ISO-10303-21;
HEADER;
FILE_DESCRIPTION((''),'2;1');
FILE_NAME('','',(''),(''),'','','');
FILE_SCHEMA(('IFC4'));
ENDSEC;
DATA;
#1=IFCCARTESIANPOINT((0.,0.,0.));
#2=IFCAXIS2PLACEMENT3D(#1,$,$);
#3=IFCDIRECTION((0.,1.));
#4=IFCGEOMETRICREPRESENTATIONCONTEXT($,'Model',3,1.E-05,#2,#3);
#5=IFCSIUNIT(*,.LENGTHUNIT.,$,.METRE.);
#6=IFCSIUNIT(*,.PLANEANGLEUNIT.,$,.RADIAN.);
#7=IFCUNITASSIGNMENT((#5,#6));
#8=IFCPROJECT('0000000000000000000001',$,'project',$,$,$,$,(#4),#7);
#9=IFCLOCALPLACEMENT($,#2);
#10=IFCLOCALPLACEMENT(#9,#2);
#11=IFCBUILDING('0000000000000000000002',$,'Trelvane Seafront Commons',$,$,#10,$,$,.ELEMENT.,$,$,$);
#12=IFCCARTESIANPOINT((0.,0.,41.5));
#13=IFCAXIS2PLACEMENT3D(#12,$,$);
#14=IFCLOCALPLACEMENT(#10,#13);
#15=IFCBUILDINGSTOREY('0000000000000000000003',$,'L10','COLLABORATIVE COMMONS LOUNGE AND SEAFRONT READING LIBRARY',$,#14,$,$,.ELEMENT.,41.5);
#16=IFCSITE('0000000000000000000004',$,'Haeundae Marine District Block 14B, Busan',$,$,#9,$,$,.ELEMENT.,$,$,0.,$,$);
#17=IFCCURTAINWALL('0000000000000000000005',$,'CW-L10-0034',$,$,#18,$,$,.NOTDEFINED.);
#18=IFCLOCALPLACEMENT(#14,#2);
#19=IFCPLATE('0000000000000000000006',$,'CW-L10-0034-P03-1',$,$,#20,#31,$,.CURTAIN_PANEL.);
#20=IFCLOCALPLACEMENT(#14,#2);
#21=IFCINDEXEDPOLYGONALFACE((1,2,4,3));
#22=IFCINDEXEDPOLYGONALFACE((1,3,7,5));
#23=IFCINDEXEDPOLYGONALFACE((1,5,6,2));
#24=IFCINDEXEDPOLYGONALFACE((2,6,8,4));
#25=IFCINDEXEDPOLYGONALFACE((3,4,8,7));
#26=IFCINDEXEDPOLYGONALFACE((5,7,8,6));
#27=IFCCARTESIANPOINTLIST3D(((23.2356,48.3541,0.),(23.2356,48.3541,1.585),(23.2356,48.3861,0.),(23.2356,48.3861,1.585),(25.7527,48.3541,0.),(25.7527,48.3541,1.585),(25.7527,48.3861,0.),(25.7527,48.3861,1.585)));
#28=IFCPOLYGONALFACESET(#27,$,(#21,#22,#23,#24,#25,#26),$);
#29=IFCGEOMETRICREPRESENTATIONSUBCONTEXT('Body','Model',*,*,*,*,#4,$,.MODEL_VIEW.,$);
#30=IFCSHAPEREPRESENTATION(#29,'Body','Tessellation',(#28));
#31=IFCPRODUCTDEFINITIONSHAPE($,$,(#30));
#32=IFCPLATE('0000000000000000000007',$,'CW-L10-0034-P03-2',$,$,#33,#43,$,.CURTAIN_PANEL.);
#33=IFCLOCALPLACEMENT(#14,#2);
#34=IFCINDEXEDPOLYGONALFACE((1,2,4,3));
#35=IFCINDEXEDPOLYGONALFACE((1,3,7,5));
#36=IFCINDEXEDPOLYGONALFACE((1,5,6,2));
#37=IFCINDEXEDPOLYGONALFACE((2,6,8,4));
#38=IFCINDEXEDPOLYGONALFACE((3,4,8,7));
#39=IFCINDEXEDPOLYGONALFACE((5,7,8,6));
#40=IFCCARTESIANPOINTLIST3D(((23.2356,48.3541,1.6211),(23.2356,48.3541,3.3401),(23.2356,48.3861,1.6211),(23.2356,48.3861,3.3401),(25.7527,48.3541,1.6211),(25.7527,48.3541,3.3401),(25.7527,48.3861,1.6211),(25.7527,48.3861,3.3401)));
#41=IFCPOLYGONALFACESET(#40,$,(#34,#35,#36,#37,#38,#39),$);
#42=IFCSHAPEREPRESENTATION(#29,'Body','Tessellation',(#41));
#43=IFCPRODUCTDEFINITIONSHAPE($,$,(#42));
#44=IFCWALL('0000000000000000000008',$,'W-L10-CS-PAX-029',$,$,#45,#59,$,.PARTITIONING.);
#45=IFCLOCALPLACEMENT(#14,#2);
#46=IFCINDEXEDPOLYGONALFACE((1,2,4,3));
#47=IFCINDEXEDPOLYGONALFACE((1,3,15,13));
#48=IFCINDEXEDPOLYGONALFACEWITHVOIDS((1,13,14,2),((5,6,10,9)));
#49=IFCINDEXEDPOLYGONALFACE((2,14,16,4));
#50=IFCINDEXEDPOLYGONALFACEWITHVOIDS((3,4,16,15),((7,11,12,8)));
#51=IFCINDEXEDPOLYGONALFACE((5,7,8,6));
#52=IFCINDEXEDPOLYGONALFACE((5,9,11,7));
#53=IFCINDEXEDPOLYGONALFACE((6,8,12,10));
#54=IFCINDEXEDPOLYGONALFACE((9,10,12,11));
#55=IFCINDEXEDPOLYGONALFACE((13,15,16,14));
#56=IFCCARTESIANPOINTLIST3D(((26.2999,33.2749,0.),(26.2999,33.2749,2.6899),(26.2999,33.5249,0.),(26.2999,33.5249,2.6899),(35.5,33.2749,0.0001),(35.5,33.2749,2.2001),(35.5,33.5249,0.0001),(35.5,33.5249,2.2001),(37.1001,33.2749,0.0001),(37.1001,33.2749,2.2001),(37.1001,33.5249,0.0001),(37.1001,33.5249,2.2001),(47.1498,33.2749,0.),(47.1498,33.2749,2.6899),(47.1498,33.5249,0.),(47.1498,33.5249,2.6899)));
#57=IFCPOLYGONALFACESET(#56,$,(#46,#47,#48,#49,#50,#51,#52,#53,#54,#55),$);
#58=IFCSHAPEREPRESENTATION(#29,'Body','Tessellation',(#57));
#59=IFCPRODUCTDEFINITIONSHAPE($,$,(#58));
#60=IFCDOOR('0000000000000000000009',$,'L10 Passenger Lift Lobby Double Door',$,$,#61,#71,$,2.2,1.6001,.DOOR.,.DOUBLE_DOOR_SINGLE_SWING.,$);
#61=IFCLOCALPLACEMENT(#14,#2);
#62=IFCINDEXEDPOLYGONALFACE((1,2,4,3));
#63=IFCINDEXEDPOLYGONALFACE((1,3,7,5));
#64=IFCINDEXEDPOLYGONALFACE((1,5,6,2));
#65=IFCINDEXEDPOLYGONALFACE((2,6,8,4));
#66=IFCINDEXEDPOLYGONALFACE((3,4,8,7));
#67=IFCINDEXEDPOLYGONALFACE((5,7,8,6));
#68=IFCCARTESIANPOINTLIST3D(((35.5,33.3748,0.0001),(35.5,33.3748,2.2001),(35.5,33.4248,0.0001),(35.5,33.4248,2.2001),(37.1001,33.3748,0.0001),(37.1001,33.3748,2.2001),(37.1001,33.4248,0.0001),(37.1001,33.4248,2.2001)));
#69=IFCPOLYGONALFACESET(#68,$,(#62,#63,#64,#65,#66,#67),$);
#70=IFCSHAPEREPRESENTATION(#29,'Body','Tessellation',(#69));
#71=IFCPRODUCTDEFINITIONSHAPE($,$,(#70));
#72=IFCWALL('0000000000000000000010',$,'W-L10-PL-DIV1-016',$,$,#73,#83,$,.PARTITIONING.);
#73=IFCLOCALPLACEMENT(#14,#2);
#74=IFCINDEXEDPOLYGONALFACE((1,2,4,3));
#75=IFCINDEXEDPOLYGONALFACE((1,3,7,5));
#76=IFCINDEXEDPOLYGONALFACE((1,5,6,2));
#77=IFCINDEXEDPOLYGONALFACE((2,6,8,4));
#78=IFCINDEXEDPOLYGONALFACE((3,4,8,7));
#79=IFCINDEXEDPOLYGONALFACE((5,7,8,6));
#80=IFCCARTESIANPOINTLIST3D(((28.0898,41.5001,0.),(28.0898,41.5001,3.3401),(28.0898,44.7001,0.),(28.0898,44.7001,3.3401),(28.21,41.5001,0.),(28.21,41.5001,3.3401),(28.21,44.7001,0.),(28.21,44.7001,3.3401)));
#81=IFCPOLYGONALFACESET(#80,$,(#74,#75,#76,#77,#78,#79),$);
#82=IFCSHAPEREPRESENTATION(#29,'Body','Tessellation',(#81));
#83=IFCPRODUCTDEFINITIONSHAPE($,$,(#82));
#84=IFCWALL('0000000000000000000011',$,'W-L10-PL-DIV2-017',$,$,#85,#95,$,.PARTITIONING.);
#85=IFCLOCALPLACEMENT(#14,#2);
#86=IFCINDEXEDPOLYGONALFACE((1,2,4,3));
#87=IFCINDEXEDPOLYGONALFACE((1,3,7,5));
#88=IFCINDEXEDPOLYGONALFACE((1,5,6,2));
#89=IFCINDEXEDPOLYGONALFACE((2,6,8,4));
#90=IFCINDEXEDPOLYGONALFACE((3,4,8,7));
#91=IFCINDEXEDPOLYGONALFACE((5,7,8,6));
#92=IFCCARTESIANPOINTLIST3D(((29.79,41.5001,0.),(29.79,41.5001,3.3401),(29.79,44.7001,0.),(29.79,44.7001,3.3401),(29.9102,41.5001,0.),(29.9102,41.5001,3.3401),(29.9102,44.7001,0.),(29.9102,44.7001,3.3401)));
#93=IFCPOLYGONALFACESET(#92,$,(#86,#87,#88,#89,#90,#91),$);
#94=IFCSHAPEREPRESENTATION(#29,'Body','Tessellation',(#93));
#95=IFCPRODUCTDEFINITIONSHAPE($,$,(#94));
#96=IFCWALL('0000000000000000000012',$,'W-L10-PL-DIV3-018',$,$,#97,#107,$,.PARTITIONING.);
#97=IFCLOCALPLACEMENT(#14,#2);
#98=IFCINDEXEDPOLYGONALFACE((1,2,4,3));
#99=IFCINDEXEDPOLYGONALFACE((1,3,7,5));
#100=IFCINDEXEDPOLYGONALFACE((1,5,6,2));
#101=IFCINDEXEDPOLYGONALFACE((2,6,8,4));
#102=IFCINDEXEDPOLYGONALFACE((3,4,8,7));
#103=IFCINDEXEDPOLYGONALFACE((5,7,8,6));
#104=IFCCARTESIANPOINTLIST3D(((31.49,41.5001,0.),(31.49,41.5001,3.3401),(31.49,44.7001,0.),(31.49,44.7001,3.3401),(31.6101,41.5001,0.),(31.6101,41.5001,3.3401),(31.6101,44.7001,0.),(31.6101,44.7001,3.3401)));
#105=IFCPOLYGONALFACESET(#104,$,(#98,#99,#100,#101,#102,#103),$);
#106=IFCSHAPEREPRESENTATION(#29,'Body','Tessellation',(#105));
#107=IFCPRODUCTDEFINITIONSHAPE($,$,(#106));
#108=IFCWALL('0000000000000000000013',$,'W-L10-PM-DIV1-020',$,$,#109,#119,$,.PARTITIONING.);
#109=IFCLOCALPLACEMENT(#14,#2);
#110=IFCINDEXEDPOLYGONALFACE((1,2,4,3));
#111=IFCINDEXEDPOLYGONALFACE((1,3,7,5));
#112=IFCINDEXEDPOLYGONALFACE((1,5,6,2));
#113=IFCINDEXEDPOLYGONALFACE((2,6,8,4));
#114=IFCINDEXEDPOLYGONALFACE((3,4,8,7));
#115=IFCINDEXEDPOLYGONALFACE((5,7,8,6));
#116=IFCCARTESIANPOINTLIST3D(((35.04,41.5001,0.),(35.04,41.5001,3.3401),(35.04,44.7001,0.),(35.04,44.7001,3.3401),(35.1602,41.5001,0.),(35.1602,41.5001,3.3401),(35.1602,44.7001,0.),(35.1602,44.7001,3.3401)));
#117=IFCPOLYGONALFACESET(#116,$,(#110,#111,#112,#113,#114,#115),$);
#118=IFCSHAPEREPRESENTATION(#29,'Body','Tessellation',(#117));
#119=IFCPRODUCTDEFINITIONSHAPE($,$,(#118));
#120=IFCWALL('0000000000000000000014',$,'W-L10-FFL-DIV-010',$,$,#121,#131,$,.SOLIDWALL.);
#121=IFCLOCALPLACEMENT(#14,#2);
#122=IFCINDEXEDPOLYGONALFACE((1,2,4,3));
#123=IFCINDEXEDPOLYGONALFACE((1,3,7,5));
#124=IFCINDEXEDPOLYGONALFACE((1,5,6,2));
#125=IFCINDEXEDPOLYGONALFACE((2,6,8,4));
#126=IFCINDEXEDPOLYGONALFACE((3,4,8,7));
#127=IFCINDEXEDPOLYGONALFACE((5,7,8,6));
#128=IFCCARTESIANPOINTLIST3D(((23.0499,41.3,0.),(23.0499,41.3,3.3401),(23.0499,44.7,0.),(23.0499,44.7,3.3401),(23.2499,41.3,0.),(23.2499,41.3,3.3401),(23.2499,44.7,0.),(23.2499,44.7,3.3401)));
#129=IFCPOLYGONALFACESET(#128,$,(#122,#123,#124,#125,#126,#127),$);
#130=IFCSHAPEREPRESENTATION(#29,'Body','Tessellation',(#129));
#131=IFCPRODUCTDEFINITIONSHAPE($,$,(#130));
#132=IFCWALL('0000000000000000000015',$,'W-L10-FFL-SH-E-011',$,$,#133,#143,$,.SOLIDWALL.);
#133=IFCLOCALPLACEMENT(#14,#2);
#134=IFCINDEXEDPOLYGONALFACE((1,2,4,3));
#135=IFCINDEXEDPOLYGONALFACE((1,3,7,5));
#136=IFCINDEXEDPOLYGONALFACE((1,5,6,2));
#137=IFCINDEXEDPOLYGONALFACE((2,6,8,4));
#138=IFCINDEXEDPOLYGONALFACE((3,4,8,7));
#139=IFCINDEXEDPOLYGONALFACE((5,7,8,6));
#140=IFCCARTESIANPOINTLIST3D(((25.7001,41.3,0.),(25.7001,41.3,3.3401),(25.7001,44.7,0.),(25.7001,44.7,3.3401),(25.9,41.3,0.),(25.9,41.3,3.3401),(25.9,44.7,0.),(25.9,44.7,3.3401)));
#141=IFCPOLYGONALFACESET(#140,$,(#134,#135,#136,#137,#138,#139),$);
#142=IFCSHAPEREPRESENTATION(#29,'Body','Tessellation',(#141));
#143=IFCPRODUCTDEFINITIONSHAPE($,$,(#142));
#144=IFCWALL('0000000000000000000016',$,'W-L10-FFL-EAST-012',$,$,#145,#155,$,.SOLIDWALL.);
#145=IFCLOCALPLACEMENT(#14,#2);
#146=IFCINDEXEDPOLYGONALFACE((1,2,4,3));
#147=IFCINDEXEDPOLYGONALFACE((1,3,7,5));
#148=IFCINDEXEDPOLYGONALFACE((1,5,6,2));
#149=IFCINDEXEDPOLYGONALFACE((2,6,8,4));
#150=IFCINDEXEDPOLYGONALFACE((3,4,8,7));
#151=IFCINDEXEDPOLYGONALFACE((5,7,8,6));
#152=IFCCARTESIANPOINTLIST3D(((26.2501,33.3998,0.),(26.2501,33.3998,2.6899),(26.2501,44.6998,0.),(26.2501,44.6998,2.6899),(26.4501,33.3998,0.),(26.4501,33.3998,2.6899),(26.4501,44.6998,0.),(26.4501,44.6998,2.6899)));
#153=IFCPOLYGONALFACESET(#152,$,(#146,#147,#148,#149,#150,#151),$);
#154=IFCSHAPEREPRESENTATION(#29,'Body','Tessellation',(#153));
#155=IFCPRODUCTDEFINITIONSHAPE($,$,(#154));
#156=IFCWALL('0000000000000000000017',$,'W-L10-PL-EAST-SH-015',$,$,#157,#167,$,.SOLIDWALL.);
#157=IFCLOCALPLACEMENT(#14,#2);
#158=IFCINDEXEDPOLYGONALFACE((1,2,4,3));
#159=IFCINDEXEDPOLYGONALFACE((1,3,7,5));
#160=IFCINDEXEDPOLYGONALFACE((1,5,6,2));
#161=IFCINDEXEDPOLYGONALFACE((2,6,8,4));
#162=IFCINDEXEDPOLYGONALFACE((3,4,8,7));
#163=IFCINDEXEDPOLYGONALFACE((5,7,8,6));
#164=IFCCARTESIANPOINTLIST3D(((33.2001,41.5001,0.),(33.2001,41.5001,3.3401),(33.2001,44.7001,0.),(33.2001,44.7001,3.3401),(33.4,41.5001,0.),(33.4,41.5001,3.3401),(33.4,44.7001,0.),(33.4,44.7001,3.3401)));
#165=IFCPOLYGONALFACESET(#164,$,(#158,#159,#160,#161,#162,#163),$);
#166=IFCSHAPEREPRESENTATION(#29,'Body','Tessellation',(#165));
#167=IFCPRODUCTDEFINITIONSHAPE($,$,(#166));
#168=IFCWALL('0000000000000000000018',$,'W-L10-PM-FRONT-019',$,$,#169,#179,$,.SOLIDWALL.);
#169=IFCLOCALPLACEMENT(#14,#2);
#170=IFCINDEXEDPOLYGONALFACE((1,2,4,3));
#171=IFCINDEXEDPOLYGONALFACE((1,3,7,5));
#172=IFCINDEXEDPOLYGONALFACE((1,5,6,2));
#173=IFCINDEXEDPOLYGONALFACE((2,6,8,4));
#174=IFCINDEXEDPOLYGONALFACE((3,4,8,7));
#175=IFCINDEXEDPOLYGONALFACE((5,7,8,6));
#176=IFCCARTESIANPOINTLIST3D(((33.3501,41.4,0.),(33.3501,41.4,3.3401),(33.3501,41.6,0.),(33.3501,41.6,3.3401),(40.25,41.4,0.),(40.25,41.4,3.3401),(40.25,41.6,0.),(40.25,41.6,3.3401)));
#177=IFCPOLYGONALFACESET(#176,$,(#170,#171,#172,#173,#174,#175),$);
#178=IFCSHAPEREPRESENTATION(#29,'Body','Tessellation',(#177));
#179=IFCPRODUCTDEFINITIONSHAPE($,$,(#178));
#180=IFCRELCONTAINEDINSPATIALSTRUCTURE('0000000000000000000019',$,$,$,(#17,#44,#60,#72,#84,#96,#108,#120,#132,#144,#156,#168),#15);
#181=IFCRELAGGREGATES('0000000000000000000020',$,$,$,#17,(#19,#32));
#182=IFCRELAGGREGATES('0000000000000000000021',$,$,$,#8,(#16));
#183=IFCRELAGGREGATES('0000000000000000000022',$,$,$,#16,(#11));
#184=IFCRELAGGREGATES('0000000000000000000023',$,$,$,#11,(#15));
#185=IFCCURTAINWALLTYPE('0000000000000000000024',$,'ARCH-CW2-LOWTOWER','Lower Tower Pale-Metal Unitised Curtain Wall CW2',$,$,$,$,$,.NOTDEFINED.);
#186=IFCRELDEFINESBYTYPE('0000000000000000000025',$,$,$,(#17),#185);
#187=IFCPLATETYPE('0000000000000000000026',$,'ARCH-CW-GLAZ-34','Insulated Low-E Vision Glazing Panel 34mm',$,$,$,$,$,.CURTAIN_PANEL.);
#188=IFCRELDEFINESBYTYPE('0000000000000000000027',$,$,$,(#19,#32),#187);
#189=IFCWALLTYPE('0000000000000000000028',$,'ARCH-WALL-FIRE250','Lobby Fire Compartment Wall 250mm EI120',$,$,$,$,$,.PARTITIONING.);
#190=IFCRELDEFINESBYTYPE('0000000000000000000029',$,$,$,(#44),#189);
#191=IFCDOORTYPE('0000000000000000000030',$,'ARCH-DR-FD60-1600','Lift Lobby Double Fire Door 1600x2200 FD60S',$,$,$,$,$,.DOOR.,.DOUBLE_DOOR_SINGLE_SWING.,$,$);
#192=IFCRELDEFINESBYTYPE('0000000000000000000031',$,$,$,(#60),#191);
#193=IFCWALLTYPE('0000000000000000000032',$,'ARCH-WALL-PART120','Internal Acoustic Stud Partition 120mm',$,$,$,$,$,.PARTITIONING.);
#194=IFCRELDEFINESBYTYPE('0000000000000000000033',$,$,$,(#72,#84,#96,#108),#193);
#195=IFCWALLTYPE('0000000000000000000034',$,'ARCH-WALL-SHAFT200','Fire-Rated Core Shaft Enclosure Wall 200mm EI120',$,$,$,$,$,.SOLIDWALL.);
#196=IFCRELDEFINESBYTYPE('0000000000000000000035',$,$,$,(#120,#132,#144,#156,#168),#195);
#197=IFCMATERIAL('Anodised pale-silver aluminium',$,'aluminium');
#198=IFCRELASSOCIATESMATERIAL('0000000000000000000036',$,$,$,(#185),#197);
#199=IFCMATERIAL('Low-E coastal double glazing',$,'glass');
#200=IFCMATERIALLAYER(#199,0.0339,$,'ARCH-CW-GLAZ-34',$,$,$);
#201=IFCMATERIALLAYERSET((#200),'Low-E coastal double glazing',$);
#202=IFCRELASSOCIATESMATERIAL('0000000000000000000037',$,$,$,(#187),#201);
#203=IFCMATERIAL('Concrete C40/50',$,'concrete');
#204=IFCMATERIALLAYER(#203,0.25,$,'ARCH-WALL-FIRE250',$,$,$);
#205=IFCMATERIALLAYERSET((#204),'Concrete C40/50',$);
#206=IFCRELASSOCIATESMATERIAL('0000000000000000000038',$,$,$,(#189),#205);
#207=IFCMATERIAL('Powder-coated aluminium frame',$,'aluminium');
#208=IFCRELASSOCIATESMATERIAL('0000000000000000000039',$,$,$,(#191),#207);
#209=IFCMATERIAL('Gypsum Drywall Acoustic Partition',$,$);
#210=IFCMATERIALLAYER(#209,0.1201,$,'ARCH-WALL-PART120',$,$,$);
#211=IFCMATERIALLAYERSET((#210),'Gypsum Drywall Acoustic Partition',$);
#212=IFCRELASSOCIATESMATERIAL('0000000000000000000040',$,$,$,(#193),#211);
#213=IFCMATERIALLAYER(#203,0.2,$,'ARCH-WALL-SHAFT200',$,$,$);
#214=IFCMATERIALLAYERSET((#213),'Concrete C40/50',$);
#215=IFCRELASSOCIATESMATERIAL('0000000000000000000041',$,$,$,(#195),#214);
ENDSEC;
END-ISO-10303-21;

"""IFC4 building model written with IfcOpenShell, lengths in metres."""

from ifc_helpers import new_model, si_unit, direction, frame, frame_2d, origin, origin_2d, place, context, subcontext, project, spatial, rectangle, extrude, source, transform, mapped, material, layer, layer_set, type_object, element, fill, aggregate, save


model = new_model("IFC4")

# Units and contexts
model_context = context("Model", 3, precision=1e-05, world=origin(), true_north=direction((0.0, 1.0)))
body_context = subcontext(model_context, "Body", "Model", "MODEL_VIEW")
ifc_project = project(units=[si_unit("LENGTHUNIT", "METRE"), si_unit("PLANEANGLEUNIT", "RADIAN")], contexts=[model_context])

# Site, building, storey
site_placement = place(None, origin())
site = spatial("IfcSite", under=ifc_project, at=site_placement, Name="Haeundae Marine District Block 14B, Busan", CompositionType="ELEMENT", RefElevation=0.0)
building_placement = place(site_placement, origin())
building = spatial("IfcBuilding", under=site, at=building_placement, Name="Trelvane Seafront Commons", CompositionType="ELEMENT")
storey_placement = place(building_placement, frame((0.0, 0.0, 41.5)))
storey = spatial("IfcBuildingStorey", under=building, at=storey_placement, Name="L10", Description="COLLABORATIVE COMMONS LOUNGE AND SEAFRONT READING LIBRARY", CompositionType="ELEMENT", Elevation=41.5)

# Curtain wall, plates
ifc_material_1 = material(Name="Anodised pale-silver aluminium", Category="aluminium")
curtain_wall_type = type_object("IfcCurtainWallType", Name="ARCH-CW2-LOWTOWER", Description="Lower Tower Pale-Metal Unitised Curtain Wall CW2", PredefinedType="NOTDEFINED", material=ifc_material_1)
curtain_wall_placement = place(storey_placement, origin())
curtain_wall = element("IfcCurtainWall", 1, at=curtain_wall_placement, inside=storey, type_object=curtain_wall_type, Name="CW-L10-0034", PredefinedType="NOTDEFINED")
ifc_material_2 = material(Name="Low-E coastal double glazing", Category="glass")
ifc_layer_1 = layer(ifc_material_2, 0.0339, Name="ARCH-CW-GLAZ-34")
ifc_layer_set_1 = layer_set([ifc_layer_1], Name="Low-E coastal double glazing")
plate_type = type_object("IfcPlateType", Name="ARCH-CW-GLAZ-34", Description="Insulated Low-E Vision Glazing Panel 34mm", PredefinedType="CURTAIN_PANEL", material=ifc_layer_set_1)
shared_shape_1 = source(origin(), body_context, "Body", "SweptSolid", [
    extrude(rectangle(XDim=2.5171, YDim=0.032, at=origin_2d()), origin(), (0.0, 0.0, 1.0), 1.585),
])
plate_1_placement = place(storey_placement, frame((24.4941, 48.3701, 0.0), z_axis=(0.0, 0.0, 1.0), x_axis=(1.0, 0.0, 0.0)))
plate_1 = element("IfcPlate", 2, at=plate_1_placement, type_object=plate_type, Name="CW-L10-0034-P03-1", PredefinedType="CURTAIN_PANEL", context=body_context, shape_type="MappedRepresentation", body=[
    mapped(shared_shape_1, transform((0.0, 0.0, 0.0), x_axis=(1.0, 0.0, 0.0), y_axis=(0.0, 1.0, 0.0), z_axis=(0.0, 0.0, 1.0), scale=1.0)),
])
shared_shape_2 = source(origin(), body_context, "Body", "SweptSolid", [
    extrude(rectangle(XDim=2.5171, YDim=0.032, at=origin_2d()), origin(), (0.0, 0.0, 1.0), 1.719),
])
plate_2_placement = place(storey_placement, frame((24.4941, 48.3701, 1.6211), z_axis=(0.0, 0.0, 1.0), x_axis=(1.0, 0.0, 0.0)))
plate_2 = element("IfcPlate", 3, at=plate_2_placement, type_object=plate_type, Name="CW-L10-0034-P03-2", PredefinedType="CURTAIN_PANEL", context=body_context, shape_type="MappedRepresentation", body=[
    mapped(shared_shape_2, transform((0.0, 0.0, 0.0), x_axis=(1.0, 0.0, 0.0), y_axis=(0.0, 1.0, 0.0), z_axis=(0.0, 0.0, 1.0), scale=1.0)),
])
aggregate(curtain_wall, [plate_1, plate_2])

# Wall, opening, door
ifc_material_3 = material(Name="Concrete C40/50", Category="concrete")
ifc_layer_2 = layer(ifc_material_3, 0.25, Name="ARCH-WALL-FIRE250")
ifc_layer_set_2 = layer_set([ifc_layer_2], Name="Concrete C40/50")
wall_type_1 = type_object("IfcWallType", Name="ARCH-WALL-FIRE250", Description="Lobby Fire Compartment Wall 250mm EI120", PredefinedType="PARTITIONING", material=ifc_layer_set_2)
wall_1_placement = place(storey_placement, frame((26.3, 33.3999, 0.0), z_axis=(0.0, 0.0, 1.0), x_axis=(1.0, 0.0, 0.0)))
wall_1 = element("IfcWall", 4, at=wall_1_placement, inside=storey, type_object=wall_type_1, Name="W-L10-CS-PAX-029", PredefinedType="PARTITIONING", context=body_context, shape_type="SweptSolid", body=[
    extrude(rectangle(XDim=20.8499, YDim=0.25, at=frame_2d((10.4248, 0.0))), origin(), (0.0, 0.0, 1.0), 2.6899),
])
opening_1_placement = place(wall_1_placement, frame((9.2, 0.0, 0.0)))
opening_1 = element("IfcOpeningElement", 5, at=opening_1_placement, cuts=wall_1, PredefinedType="OPENING", context=body_context, shape_type="SweptSolid", body=[
    extrude(rectangle(XDim=1.6001, YDim=2.2, at=frame_2d((0.8, 1.1001))), frame((0.0, 0.135, 0.0), z_axis=(0.0, -1.0, 0.0), x_axis=(1.0, 0.0, 0.0)), (0.0, 0.0, 1.0), 0.27),
])
ifc_material_4 = material(Name="Powder-coated aluminium frame", Category="aluminium")
door_type_1 = type_object("IfcDoorType", Name="ARCH-DR-FD60-1600", Description="Lift Lobby Double Fire Door 1600x2200 FD60S", OperationType="DOUBLE_DOOR_SINGLE_SWING", PredefinedType="DOOR", material=ifc_material_4)
shared_shape_3 = source(origin(), body_context, "Body", "SweptSolid", [
    extrude(rectangle(XDim=1.6001, YDim=2.2, at=frame_2d((0.8, 1.1001))), frame((0.0, 0.0249, 0.0), z_axis=(0.0, -1.0, 0.0), x_axis=(1.0, 0.0, 0.0)), (0.0, 0.0, 1.0), 0.05),
])
door_1_placement = place(opening_1_placement, origin())
door_1 = element("IfcDoor", 6, at=door_1_placement, inside=storey, type_object=door_type_1, Name="L10 Passenger Lift Lobby Double Door", OperationType="DOUBLE_DOOR_SINGLE_SWING", OverallHeight=2.2, OverallWidth=1.6001, PredefinedType="DOOR", context=body_context, shape_type="MappedRepresentation", body=[
    mapped(shared_shape_3, transform((0.0, 0.0, 0.0), x_axis=(1.0, 0.0, 0.0), y_axis=(0.0, 1.0, 0.0), z_axis=(0.0, 0.0, 1.0), scale=1.0)),
])
fill(opening_1, door_1)

# Walls
ifc_material_5 = material(Name="Gypsum Drywall Acoustic Partition")
ifc_layer_3 = layer(ifc_material_5, 0.1201, Name="ARCH-WALL-PART120")
ifc_layer_set_3 = layer_set([ifc_layer_3], Name="Gypsum Drywall Acoustic Partition")
wall_type_2 = type_object("IfcWallType", Name="ARCH-WALL-PART120", Description="Internal Acoustic Stud Partition 120mm", PredefinedType="PARTITIONING", material=ifc_layer_set_3)
for number, where, z_axis, x_axis, name in (
    (7, (28.1499, 41.5, 0.0), (0.0, 0.0, 1.0), (0.0, 1.0, 0.0), "W-L10-PL-DIV1-016"),
    (8, (29.8501, 41.5, 0.0), (0.0, 0.0, 1.0), (0.0, 1.0, 0.0), "W-L10-PL-DIV2-017"),
    (9, (31.55, 41.5, 0.0), (0.0, 0.0, 1.0), (0.0, 1.0, 0.0), "W-L10-PL-DIV3-018"),
    (10, (35.1001, 41.5, 0.0), (0.0, 0.0, 1.0), (0.0, 1.0, 0.0), "W-L10-PM-DIV1-020"),
):
    element("IfcWall", number, at=place(storey_placement, frame(where, z_axis=z_axis, x_axis=x_axis)), inside=storey, type_object=wall_type_2, Name=name, PredefinedType="PARTITIONING", context=body_context, shape_type="SweptSolid", body=[
        extrude(rectangle(XDim=3.2, YDim=0.1201, at=frame_2d((1.6001, 0.0))), origin(), (0.0, 0.0, 1.0), 3.3401),
    ])
ifc_layer_4 = layer(ifc_material_3, 0.2, Name="ARCH-WALL-SHAFT200")
ifc_layer_set_4 = layer_set([ifc_layer_4], Name="Concrete C40/50")
wall_type_3 = type_object("IfcWallType", Name="ARCH-WALL-SHAFT200", Description="Fire-Rated Core Shaft Enclosure Wall 200mm EI120", PredefinedType="SOLIDWALL", material=ifc_layer_set_4)
for number, where, z_axis, x_axis, name in (
    (11, (23.1499, 41.3, 0.0), (0.0, 0.0, 1.0), (0.0, 1.0, 0.0), "W-L10-FFL-DIV-010"),
    (12, (25.8, 41.3, 0.0), (0.0, 0.0, 1.0), (0.0, 1.0, 0.0), "W-L10-FFL-SH-E-011"),
):
    element("IfcWall", number, at=place(storey_placement, frame(where, z_axis=z_axis, x_axis=x_axis)), inside=storey, type_object=wall_type_3, Name=name, PredefinedType="SOLIDWALL", context=body_context, shape_type="SweptSolid", body=[
        extrude(rectangle(XDim=3.3999, YDim=0.2, at=frame_2d((1.7, 0.0))), origin(), (0.0, 0.0, 1.0), 3.3401),
    ])
wall_2_placement = place(storey_placement, frame((26.3501, 33.3999, 0.0), z_axis=(0.0, 0.0, 1.0), x_axis=(0.0, 1.0, 0.0)))
element("IfcWall", 13, at=wall_2_placement, inside=storey, type_object=wall_type_3, Name="W-L10-FFL-EAST-012", PredefinedType="SOLIDWALL", context=body_context, shape_type="SweptSolid", body=[
    extrude(rectangle(XDim=11.3, YDim=0.2, at=frame_2d((5.6499, 0.0))), origin(), (0.0, 0.0, 1.0), 2.6899),
])

# Walls
wall_3_placement = place(storey_placement, frame((33.3, 41.5, 0.0), z_axis=(0.0, 0.0, 1.0), x_axis=(0.0, 1.0, 0.0)))
element("IfcWall", 14, at=wall_3_placement, inside=storey, type_object=wall_type_3, Name="W-L10-PL-EAST-SH-015", PredefinedType="SOLIDWALL", context=body_context, shape_type="SweptSolid", body=[
    extrude(rectangle(XDim=3.2, YDim=0.2, at=frame_2d((1.6001, 0.0))), origin(), (0.0, 0.0, 1.0), 3.3401),
])
wall_4_placement = place(storey_placement, frame((33.3501, 41.5, 0.0), z_axis=(0.0, 0.0, 1.0), x_axis=(1.0, 0.0, 0.0)))
element("IfcWall", 15, at=wall_4_placement, inside=storey, type_object=wall_type_3, Name="W-L10-PM-FRONT-019", PredefinedType="SOLIDWALL", context=body_context, shape_type="SweptSolid", body=[
    extrude(rectangle(XDim=6.8999, YDim=0.2, at=frame_2d((3.45, 0.0))), origin(), (0.0, 0.0, 1.0), 3.3401),
])

save(model, "model.ifc")
